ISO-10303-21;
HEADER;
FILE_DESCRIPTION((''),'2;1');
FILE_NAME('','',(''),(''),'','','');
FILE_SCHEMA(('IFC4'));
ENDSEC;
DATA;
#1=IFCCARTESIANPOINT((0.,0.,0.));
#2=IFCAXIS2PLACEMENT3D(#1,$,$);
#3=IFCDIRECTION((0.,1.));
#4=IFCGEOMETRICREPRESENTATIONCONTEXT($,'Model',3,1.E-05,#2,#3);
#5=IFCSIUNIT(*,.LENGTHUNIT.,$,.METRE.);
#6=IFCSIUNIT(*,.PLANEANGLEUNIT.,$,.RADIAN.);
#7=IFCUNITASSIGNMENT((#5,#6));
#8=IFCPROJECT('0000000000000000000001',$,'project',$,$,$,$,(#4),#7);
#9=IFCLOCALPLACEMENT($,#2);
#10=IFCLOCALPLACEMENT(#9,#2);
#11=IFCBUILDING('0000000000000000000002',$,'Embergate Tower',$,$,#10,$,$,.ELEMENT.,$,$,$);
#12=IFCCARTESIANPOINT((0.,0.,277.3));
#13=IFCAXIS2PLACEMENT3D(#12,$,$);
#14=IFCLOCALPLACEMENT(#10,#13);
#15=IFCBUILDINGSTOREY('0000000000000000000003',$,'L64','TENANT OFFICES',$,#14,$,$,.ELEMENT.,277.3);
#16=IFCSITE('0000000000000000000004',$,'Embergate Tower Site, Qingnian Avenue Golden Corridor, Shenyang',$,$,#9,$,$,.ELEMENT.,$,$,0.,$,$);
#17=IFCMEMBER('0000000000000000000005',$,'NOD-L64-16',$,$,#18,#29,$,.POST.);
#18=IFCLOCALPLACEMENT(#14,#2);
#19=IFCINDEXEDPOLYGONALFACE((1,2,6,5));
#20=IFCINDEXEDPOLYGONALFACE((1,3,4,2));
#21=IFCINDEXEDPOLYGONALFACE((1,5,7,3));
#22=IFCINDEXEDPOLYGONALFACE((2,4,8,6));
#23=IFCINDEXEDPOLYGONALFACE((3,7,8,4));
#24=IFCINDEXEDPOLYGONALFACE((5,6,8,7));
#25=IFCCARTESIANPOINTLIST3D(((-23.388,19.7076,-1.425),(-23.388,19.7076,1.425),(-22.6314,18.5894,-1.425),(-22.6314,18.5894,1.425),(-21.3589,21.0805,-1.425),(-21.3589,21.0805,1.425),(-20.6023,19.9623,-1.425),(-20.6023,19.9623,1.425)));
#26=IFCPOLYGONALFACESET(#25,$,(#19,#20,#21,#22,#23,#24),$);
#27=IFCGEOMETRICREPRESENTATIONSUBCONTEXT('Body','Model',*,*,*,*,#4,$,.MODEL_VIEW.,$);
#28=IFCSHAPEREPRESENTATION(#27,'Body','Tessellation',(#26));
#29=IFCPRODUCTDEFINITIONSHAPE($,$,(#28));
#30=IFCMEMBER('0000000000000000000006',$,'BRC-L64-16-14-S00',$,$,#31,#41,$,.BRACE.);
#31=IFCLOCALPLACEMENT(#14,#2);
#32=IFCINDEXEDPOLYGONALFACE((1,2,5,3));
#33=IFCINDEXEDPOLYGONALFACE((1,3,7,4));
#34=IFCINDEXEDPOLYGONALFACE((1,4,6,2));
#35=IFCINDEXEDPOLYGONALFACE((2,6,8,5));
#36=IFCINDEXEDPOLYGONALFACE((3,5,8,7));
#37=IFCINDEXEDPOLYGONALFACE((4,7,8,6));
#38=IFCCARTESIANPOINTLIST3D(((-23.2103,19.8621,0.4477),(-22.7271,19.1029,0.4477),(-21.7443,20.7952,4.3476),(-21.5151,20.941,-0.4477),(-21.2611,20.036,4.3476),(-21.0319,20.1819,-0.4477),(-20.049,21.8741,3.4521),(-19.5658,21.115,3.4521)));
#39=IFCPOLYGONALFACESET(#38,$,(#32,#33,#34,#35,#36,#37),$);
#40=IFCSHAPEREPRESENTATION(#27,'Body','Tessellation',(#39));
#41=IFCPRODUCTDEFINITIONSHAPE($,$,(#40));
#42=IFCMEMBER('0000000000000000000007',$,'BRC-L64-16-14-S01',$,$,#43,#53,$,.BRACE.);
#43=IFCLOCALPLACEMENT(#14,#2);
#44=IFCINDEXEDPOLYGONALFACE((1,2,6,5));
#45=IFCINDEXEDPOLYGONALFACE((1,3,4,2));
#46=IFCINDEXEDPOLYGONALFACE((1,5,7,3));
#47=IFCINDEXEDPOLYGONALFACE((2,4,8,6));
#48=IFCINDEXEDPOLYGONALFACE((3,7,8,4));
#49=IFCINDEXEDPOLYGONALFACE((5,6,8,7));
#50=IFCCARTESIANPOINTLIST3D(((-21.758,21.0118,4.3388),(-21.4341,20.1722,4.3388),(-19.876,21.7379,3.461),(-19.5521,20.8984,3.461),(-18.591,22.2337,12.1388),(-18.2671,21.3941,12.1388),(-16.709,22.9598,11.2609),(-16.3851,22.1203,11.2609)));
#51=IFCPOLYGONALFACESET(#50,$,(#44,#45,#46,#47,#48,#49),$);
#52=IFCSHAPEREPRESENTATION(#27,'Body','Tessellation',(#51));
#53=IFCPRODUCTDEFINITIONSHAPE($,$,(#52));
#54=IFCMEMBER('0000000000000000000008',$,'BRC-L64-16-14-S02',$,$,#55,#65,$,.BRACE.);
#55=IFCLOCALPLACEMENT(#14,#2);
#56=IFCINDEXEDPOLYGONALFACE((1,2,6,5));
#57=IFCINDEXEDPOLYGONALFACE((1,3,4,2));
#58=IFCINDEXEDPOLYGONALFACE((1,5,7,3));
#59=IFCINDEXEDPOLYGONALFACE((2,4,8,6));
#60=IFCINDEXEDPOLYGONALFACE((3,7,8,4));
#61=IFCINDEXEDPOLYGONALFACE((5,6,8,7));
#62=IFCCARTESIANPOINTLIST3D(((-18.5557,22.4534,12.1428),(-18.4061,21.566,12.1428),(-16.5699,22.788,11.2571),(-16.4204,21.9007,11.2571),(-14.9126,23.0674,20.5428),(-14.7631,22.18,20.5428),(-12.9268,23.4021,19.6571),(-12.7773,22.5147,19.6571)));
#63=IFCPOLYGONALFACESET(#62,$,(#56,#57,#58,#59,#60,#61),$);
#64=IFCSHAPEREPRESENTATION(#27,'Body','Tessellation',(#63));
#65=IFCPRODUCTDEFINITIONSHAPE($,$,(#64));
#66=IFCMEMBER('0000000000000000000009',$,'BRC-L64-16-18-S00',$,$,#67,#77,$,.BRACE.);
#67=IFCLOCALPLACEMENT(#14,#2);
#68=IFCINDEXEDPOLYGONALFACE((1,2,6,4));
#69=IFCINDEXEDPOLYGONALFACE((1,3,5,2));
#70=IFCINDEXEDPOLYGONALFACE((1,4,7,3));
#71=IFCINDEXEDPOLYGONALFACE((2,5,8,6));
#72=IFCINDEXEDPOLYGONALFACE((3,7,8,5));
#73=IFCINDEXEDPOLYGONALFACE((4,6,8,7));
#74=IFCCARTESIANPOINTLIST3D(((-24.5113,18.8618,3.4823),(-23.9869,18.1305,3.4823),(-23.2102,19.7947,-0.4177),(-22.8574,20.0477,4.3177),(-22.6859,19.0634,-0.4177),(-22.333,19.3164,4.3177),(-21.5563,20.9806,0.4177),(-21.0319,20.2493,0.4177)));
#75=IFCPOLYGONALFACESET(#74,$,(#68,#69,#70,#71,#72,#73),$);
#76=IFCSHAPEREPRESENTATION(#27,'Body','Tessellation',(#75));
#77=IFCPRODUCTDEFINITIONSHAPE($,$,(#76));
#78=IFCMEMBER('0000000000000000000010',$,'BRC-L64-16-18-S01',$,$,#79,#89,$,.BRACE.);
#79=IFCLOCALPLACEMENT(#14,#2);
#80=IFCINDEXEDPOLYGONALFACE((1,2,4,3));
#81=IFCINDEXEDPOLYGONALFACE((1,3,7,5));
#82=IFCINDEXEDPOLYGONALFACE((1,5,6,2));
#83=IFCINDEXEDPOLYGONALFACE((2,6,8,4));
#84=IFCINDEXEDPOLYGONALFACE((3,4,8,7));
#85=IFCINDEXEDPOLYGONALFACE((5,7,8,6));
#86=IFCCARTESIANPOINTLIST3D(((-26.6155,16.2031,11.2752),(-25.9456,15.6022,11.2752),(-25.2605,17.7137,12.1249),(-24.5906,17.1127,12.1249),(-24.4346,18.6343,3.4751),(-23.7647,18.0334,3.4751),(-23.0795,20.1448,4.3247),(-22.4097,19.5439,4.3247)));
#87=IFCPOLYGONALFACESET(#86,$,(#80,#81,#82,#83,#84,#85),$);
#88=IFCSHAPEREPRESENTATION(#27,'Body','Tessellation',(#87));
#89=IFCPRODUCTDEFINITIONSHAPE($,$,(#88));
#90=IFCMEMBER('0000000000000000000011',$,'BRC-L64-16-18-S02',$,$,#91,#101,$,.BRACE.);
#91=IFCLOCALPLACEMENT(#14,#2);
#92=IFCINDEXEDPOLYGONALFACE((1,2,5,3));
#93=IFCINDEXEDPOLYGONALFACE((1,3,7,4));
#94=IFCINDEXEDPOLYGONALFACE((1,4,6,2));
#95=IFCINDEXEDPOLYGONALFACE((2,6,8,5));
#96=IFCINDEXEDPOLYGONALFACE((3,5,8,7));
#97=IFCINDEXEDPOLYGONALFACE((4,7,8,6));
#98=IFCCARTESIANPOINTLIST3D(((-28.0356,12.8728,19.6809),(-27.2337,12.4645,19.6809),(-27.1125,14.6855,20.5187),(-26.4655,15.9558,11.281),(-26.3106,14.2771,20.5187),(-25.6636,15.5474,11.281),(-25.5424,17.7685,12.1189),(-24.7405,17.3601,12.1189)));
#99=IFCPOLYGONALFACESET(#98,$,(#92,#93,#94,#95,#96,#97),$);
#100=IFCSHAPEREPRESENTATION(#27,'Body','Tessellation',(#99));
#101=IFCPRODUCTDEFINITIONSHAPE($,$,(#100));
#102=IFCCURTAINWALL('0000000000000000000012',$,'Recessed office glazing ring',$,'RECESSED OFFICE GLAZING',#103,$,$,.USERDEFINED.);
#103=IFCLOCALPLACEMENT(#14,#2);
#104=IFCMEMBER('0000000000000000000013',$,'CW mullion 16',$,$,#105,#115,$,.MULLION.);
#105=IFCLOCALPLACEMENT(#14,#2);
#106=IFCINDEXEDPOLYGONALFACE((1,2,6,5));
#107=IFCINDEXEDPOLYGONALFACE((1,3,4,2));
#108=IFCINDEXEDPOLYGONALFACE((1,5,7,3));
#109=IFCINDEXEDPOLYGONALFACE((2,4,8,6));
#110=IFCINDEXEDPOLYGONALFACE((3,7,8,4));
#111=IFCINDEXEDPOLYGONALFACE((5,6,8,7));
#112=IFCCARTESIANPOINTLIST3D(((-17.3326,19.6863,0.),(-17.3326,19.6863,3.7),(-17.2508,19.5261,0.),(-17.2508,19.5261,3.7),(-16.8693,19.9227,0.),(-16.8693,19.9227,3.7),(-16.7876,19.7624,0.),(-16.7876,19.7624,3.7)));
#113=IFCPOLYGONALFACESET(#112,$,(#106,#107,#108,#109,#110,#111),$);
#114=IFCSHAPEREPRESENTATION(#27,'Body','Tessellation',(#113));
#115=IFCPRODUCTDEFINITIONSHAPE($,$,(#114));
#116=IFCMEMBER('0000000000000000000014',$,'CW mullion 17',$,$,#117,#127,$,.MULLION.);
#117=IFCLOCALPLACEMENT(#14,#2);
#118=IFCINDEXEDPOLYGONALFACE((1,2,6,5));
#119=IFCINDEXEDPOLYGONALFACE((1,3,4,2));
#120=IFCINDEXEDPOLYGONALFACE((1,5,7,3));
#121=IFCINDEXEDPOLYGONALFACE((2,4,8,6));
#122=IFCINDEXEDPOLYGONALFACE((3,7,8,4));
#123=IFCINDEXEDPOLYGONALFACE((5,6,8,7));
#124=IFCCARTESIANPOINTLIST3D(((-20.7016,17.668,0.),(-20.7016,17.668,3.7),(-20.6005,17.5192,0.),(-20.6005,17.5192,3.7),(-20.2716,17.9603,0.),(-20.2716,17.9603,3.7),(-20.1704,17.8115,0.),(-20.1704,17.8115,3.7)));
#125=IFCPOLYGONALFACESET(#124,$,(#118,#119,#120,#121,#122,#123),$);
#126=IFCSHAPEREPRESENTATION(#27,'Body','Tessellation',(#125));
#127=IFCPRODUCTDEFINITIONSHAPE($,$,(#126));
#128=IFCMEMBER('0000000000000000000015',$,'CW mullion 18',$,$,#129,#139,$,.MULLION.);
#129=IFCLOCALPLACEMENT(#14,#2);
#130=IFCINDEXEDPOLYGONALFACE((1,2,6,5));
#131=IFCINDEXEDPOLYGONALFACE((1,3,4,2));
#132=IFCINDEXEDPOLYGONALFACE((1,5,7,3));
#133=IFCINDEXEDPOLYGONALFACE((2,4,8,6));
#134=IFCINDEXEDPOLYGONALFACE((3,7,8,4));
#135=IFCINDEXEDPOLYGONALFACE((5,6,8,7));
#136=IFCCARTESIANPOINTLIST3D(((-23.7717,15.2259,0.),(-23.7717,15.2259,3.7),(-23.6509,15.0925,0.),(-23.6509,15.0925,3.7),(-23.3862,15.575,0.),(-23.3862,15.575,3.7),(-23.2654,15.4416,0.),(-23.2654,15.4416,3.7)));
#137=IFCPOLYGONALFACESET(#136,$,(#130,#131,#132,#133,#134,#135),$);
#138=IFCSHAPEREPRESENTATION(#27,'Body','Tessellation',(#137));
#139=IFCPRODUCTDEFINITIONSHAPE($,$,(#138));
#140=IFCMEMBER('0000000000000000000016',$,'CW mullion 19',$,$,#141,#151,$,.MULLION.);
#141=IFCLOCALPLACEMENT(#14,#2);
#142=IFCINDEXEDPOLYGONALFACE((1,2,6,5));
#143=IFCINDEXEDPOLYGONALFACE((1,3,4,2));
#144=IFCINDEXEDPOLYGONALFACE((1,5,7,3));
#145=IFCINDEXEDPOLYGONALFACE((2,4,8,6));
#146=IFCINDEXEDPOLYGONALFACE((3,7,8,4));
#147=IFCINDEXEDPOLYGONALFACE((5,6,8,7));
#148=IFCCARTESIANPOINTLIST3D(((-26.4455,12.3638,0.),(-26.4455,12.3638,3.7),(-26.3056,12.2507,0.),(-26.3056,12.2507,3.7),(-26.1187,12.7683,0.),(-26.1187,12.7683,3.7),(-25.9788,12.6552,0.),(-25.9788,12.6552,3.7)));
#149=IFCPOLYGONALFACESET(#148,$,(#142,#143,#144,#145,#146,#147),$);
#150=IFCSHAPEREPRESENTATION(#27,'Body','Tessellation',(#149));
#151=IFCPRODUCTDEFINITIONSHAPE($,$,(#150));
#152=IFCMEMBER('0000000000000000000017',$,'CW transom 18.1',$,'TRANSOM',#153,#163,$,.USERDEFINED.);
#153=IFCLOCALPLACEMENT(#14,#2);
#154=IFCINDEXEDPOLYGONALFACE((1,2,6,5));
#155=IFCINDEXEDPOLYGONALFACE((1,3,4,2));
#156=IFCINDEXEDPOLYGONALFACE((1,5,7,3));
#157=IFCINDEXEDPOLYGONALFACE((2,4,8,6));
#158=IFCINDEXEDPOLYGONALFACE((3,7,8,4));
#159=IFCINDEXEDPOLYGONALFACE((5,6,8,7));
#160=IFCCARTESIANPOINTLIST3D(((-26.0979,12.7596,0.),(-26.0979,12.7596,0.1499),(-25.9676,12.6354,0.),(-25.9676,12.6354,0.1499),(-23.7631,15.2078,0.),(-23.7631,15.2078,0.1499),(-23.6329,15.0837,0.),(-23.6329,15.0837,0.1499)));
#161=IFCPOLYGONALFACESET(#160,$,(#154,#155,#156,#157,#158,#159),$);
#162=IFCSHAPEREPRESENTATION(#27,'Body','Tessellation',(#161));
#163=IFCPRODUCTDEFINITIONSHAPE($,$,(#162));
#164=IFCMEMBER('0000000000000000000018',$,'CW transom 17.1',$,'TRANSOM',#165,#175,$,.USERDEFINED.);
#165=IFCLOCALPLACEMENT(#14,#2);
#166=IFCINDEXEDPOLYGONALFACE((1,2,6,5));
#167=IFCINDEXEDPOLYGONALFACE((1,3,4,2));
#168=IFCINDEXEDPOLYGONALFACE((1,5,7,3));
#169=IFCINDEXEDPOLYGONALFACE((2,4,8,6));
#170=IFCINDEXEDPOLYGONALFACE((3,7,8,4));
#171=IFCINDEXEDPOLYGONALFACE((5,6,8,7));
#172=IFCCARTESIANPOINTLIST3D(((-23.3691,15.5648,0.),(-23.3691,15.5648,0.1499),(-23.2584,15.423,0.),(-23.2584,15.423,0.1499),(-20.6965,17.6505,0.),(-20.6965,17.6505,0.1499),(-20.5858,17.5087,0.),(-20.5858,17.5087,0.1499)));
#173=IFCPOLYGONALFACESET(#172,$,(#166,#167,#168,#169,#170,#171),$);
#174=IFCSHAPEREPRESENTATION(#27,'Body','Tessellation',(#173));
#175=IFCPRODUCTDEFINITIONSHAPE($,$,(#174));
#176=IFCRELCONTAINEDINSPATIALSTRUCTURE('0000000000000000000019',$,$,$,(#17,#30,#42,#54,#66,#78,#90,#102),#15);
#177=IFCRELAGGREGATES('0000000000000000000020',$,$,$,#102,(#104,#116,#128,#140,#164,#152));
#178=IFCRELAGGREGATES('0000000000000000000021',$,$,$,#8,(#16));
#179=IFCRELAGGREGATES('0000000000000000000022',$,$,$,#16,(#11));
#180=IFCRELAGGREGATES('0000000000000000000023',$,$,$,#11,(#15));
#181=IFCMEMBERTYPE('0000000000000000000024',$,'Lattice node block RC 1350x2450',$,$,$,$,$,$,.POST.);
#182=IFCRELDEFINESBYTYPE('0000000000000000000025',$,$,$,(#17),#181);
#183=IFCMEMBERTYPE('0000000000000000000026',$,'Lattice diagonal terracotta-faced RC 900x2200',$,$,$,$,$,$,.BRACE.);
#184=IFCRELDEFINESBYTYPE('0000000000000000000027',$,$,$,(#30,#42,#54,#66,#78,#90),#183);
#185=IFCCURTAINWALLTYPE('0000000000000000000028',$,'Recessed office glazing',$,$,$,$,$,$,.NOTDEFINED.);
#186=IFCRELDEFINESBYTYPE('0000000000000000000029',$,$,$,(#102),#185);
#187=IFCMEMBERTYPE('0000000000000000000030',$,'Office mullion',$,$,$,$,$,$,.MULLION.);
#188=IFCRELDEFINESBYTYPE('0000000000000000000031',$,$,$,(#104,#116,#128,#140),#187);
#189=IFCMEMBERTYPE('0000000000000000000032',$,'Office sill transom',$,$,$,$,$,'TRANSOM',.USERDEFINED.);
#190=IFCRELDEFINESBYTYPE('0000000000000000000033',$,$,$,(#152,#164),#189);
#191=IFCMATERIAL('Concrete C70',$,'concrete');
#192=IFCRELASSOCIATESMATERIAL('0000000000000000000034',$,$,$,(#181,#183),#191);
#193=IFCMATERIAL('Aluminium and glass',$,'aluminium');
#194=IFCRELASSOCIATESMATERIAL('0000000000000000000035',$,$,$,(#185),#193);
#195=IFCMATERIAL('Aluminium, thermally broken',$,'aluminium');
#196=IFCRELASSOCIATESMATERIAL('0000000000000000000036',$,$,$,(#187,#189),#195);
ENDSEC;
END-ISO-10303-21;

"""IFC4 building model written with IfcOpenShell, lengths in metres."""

from ifc_helpers import new_model, si_unit, direction, frame, origin, origin_2d, place, context, subcontext, project, spatial, rectangle, extrude, source, transform, mapped, material, material_profile, profile_set, type_object, element, aggregate, save


model = new_model("IFC4")

# Units and contexts
model_context = context("Model", 3, precision=1e-05, world=origin(), true_north=direction((0.0, 1.0)))
body_context = subcontext(model_context, "Body", "Model", "MODEL_VIEW")
ifc_project = project(units=[si_unit("LENGTHUNIT", "METRE"), si_unit("PLANEANGLEUNIT", "RADIAN")], contexts=[model_context])

# Site, building, storey
site_placement = place(None, origin())
site = spatial("IfcSite", under=ifc_project, at=site_placement, Name="Embergate Tower Site, Qingnian Avenue Golden Corridor, Shenyang", CompositionType="ELEMENT", RefElevation=0.0)
building_placement = place(site_placement, origin())
building = spatial("IfcBuilding", under=site, at=building_placement, Name="Embergate Tower", CompositionType="ELEMENT")
storey_placement = place(building_placement, frame((0.0, 0.0, 277.3)))
storey = spatial("IfcBuildingStorey", under=building, at=storey_placement, Name="L64", Description="TENANT OFFICES", CompositionType="ELEMENT", Elevation=277.3)

# Members
ifc_material_1 = material(Name="Concrete C70", Category="concrete")
ifc_material_profile_1 = material_profile(ifc_material_1, rectangle(XDim=1.3501, YDim=2.45, at=origin_2d()), Name="RC 1350x2450")
ifc_profile_set_1 = profile_set([ifc_material_profile_1], Name="Concrete C70")
member_type_1 = type_object("IfcMemberType", Name="Lattice node block RC 1350x2450", PredefinedType="POST", material=ifc_profile_set_1)
shared_shape_1 = source(origin(), body_context, "Body", "SweptSolid", [
    extrude(rectangle(XDim=1.3501, YDim=2.45, at=origin_2d()), origin(), (0.0, 0.0, 1.0), 2.8501),
])
member_1_placement = place(storey_placement, frame((-21.9951, 19.835, -1.425), z_axis=(0.0, 0.0, 1.0), x_axis=(-0.560393, 0.828227, 0.0)))
element("IfcMember", 1, at=member_1_placement, inside=storey, type_object=member_type_1, Name="NOD-L64-16", PredefinedType="POST", context=body_context, shape_type="MappedRepresentation", body=[
    mapped(shared_shape_1, transform((0.0, 0.0, 0.0))),
])
ifc_material_profile_2 = material_profile(ifc_material_1, rectangle(XDim=0.8999, YDim=2.2, at=origin_2d()), Name="RC 900x2200")
ifc_profile_set_2 = profile_set([ifc_material_profile_2], Name="Concrete C70")
member_type_2 = type_object("IfcMemberType", Name="Lattice diagonal terracotta-faced RC 900x2200", PredefinedType="BRACE", material=ifc_profile_set_2)
shared_shape_2 = source(origin(), body_context, "Body", "SweptSolid", [
    extrude(rectangle(XDim=0.8999, YDim=2.2, at=origin_2d()), origin(), (0.0, 0.0, 1.0), 4.2695),
])
member_2_placement = place(storey_placement, frame((-22.1211, 20.022, 0.0), z_axis=(0.343375, 0.218548, 0.913417), x_axis=(-0.536939, 0.843621, 0.0)))
element("IfcMember", 2, at=member_2_placement, inside=storey, type_object=member_type_2, Name="BRC-L64-16-14-S00", PredefinedType="BRACE", context=body_context, shape_type="MappedRepresentation", body=[
    mapped(shared_shape_2, transform((0.0, 0.0, 0.0))),
])
shared_shape_3 = source(origin(), body_context, "Body", "SweptSolid", [
    extrude(rectangle(XDim=0.8999, YDim=2.2, at=origin_2d()), origin(), (0.0, 0.0, 1.0), 8.5066),
])
member_3_placement = place(storey_placement, frame((-20.655, 20.9551, 3.8999), z_axis=(0.372294, 0.143643, 0.916932), x_axis=(-0.359967, 0.932965, 0.0)))
element("IfcMember", 3, at=member_3_placement, inside=storey, type_object=member_type_2, Name="BRC-L64-16-14-S01", PredefinedType="BRACE", context=body_context, shape_type="MappedRepresentation", body=[
    mapped(shared_shape_3, transform((0.0, 0.0, 0.0))),
])
shared_shape_4 = source(origin(), body_context, "Body", "SweptSolid", [
    extrude(rectangle(XDim=0.8999, YDim=2.2, at=origin_2d()), origin(), (0.0, 0.0, 1.0), 9.1765),
])
member_4_placement = place(storey_placement, frame((-17.488, 22.177, 11.7), z_axis=(0.397002, 0.066912, 0.915376), x_axis=(-0.166199, 0.986092, 0.0)))
element("IfcMember", 4, at=member_4_placement, inside=storey, type_object=member_type_2, Name="BRC-L64-16-14-S02", PredefinedType="BRACE", context=body_context, shape_type="MappedRepresentation", body=[
    mapped(shared_shape_4, transform((0.0, 0.0, 0.0))),
])
shared_shape_5 = source(origin(), body_context, "Body", "SweptSolid", [
    extrude(rectangle(XDim=0.8999, YDim=2.2, at=origin_2d()), origin(), (0.0, 0.0, 1.0), 4.2158),
])
member_5_placement = place(storey_placement, frame((-22.1211, 20.022, 0.0), z_axis=(-0.308614, -0.221283, 0.92509), x_axis=(0.582709, -0.812681, 0.0)))
element("IfcMember", 5, at=member_5_placement, inside=storey, type_object=member_type_2, Name="BRC-L64-16-18-S00", PredefinedType="BRACE", context=body_context, shape_type="MappedRepresentation", body=[
    mapped(shared_shape_5, transform((0.0, 0.0, 0.0))),
])
shared_shape_6 = source(origin(), body_context, "Body", "SweptSolid", [
    extrude(rectangle(XDim=0.8999, YDim=2.2, at=origin_2d()), origin(), (0.0, 0.0, 1.0), 8.4563),
])
member_6_placement = place(storey_placement, frame((-23.4221, 19.0891, 3.8999), z_axis=(-0.257906, -0.287499, 0.922404), x_axis=(0.744379, -0.667758, 0.0)))
element("IfcMember", 6, at=member_6_placement, inside=storey, type_object=member_type_2, Name="BRC-L64-16-18-S01", PredefinedType="BRACE", context=body_context, shape_type="MappedRepresentation", body=[
    mapped(shared_shape_6, transform((0.0, 0.0, 0.0))),
])
shared_shape_7 = source(origin(), body_context, "Body", "SweptSolid", [
    extrude(rectangle(XDim=0.8999, YDim=2.2, at=origin_2d()), origin(), (0.0, 0.0, 1.0), 9.0845),
])
member_7_placement = place(storey_placement, frame((-25.603, 16.658, 11.7), z_axis=(-0.172829, -0.33937, 0.92464), x_axis=(0.8911, -0.453806, 0.0)))
element("IfcMember", 7, at=member_7_placement, inside=storey, type_object=member_type_2, Name="BRC-L64-16-18-S02", PredefinedType="BRACE", context=body_context, shape_type="MappedRepresentation", body=[
    mapped(shared_shape_7, transform((0.0, 0.0, 0.0))),
])

# Curtain wall, members
ifc_material_2 = material(Name="Aluminium and glass", Category="aluminium")
curtain_wall_type = type_object("IfcCurtainWallType", Name="Recessed office glazing", PredefinedType="NOTDEFINED", material=ifc_material_2)
curtain_wall_placement = place(storey_placement, origin())
curtain_wall = element("IfcCurtainWall", 8, at=curtain_wall_placement, inside=storey, type_object=curtain_wall_type, Name="Recessed office glazing ring", ObjectType="RECESSED OFFICE GLAZING", PredefinedType="USERDEFINED")
ifc_material_3 = material(Name="Aluminium, thermally broken", Category="aluminium")
ifc_material_profile_3 = material_profile(ifc_material_3, rectangle(XDim=0.1799, YDim=0.52, at=origin_2d()), Name="AL 520x180")
ifc_profile_set_3 = profile_set([ifc_material_profile_3], Name="Aluminium, thermally broken")
member_type_3 = type_object("IfcMemberType", Name="Office mullion", PredefinedType="MULLION", material=ifc_profile_set_3)
shared_shape_8 = source(origin(), body_context, "Body", "SweptSolid", [
    extrude(rectangle(XDim=0.1799, YDim=0.52, at=origin_2d()), origin(), (0.0, 0.0, 1.0), 3.7),
])
member_8_placement = place(storey_placement, frame((-17.0601, 19.7244, 0.0), z_axis=(0.0, 0.0, 1.0), x_axis=(0.454504, -0.890745, 0.0)))
member_8 = element("IfcMember", 9, at=member_8_placement, type_object=member_type_3, Name="CW mullion 16", PredefinedType="MULLION", context=body_context, shape_type="MappedRepresentation", body=[
    mapped(shared_shape_8, transform((0.0, 0.0, 0.0))),
])
member_9_placement = place(storey_placement, frame((-20.436, 17.7397, 0.0), z_axis=(0.0, 0.0, 1.0), x_axis=(0.562208, -0.826996, 0.0)))
member_9 = element("IfcMember", 10, at=member_9_placement, type_object=member_type_3, Name="CW mullion 17", PredefinedType="MULLION", context=body_context, shape_type="MappedRepresentation", body=[
    mapped(shared_shape_8, transform((0.0, 0.0, 0.0))),
])
member_10_placement = place(storey_placement, frame((-23.5186, 15.3337, 0.0), z_axis=(0.0, 0.0, 1.0), x_axis=(0.671216, -0.741262, 0.0)))
member_10 = element("IfcMember", 11, at=member_10_placement, type_object=member_type_3, Name="CW mullion 18", PredefinedType="MULLION", context=body_context, shape_type="MappedRepresentation", body=[
    mapped(shared_shape_8, transform((0.0, 0.0, 0.0))),
])
member_11_placement = place(storey_placement, frame((-26.2122, 12.5095, 0.0), z_axis=(0.0, 0.0, 1.0), x_axis=(0.777862, -0.628436, 0.0)))
member_11 = element("IfcMember", 12, at=member_11_placement, type_object=member_type_3, Name="CW mullion 19", PredefinedType="MULLION", context=body_context, shape_type="MappedRepresentation", body=[
    mapped(shared_shape_8, transform((0.0, 0.0, 0.0))),
])
ifc_material_profile_4 = material_profile(ifc_material_3, rectangle(XDim=0.1799, YDim=0.1499, at=origin_2d()), Name="AL 150x180")
ifc_profile_set_4 = profile_set([ifc_material_profile_4], Name="Aluminium, thermally broken")
member_type_4 = type_object("IfcMemberType", Name="Office sill transom", ElementType="TRANSOM", PredefinedType="USERDEFINED", material=ifc_profile_set_4)
shared_shape_9 = source(origin(), body_context, "Body", "SweptSolid", [
    extrude(rectangle(XDim=0.1799, YDim=0.1499, at=origin_2d()), origin(), (0.0, 0.0, 1.0), 3.3831),
])
member_12_placement = place(storey_placement, frame((-23.698, 15.1458, 0.075), z_axis=(-0.690129, -0.723686, 0.0), x_axis=(0.723686, -0.690129, 0.0)))
member_12 = element("IfcMember", 13, at=member_12_placement, type_object=member_type_4, Name="CW transom 18.1", ObjectType="TRANSOM", PredefinedType="USERDEFINED", context=body_context, shape_type="MappedRepresentation", body=[
    mapped(shared_shape_9, transform((0.0, 0.0, 0.0))),
])
shared_shape_10 = source(origin(), body_context, "Body", "SweptSolid", [
    extrude(rectangle(XDim=0.1799, YDim=0.1499, at=origin_2d()), origin(), (0.0, 0.0, 1.0), 3.3901),
])
member_13_placement = place(storey_placement, frame((-20.6411, 17.5796, 0.075), z_axis=(-0.788351, -0.615226, 0.0), x_axis=(0.615226, -0.788351, 0.0)))
member_13 = element("IfcMember", 14, at=member_13_placement, type_object=member_type_4, Name="CW transom 17.1", ObjectType="TRANSOM", PredefinedType="USERDEFINED", context=body_context, shape_type="MappedRepresentation", body=[
    mapped(shared_shape_10, transform((0.0, 0.0, 0.0))),
])
aggregate(curtain_wall, [member_8, member_9, member_10, member_11, member_13, member_12])

save(model, "model.ifc")
